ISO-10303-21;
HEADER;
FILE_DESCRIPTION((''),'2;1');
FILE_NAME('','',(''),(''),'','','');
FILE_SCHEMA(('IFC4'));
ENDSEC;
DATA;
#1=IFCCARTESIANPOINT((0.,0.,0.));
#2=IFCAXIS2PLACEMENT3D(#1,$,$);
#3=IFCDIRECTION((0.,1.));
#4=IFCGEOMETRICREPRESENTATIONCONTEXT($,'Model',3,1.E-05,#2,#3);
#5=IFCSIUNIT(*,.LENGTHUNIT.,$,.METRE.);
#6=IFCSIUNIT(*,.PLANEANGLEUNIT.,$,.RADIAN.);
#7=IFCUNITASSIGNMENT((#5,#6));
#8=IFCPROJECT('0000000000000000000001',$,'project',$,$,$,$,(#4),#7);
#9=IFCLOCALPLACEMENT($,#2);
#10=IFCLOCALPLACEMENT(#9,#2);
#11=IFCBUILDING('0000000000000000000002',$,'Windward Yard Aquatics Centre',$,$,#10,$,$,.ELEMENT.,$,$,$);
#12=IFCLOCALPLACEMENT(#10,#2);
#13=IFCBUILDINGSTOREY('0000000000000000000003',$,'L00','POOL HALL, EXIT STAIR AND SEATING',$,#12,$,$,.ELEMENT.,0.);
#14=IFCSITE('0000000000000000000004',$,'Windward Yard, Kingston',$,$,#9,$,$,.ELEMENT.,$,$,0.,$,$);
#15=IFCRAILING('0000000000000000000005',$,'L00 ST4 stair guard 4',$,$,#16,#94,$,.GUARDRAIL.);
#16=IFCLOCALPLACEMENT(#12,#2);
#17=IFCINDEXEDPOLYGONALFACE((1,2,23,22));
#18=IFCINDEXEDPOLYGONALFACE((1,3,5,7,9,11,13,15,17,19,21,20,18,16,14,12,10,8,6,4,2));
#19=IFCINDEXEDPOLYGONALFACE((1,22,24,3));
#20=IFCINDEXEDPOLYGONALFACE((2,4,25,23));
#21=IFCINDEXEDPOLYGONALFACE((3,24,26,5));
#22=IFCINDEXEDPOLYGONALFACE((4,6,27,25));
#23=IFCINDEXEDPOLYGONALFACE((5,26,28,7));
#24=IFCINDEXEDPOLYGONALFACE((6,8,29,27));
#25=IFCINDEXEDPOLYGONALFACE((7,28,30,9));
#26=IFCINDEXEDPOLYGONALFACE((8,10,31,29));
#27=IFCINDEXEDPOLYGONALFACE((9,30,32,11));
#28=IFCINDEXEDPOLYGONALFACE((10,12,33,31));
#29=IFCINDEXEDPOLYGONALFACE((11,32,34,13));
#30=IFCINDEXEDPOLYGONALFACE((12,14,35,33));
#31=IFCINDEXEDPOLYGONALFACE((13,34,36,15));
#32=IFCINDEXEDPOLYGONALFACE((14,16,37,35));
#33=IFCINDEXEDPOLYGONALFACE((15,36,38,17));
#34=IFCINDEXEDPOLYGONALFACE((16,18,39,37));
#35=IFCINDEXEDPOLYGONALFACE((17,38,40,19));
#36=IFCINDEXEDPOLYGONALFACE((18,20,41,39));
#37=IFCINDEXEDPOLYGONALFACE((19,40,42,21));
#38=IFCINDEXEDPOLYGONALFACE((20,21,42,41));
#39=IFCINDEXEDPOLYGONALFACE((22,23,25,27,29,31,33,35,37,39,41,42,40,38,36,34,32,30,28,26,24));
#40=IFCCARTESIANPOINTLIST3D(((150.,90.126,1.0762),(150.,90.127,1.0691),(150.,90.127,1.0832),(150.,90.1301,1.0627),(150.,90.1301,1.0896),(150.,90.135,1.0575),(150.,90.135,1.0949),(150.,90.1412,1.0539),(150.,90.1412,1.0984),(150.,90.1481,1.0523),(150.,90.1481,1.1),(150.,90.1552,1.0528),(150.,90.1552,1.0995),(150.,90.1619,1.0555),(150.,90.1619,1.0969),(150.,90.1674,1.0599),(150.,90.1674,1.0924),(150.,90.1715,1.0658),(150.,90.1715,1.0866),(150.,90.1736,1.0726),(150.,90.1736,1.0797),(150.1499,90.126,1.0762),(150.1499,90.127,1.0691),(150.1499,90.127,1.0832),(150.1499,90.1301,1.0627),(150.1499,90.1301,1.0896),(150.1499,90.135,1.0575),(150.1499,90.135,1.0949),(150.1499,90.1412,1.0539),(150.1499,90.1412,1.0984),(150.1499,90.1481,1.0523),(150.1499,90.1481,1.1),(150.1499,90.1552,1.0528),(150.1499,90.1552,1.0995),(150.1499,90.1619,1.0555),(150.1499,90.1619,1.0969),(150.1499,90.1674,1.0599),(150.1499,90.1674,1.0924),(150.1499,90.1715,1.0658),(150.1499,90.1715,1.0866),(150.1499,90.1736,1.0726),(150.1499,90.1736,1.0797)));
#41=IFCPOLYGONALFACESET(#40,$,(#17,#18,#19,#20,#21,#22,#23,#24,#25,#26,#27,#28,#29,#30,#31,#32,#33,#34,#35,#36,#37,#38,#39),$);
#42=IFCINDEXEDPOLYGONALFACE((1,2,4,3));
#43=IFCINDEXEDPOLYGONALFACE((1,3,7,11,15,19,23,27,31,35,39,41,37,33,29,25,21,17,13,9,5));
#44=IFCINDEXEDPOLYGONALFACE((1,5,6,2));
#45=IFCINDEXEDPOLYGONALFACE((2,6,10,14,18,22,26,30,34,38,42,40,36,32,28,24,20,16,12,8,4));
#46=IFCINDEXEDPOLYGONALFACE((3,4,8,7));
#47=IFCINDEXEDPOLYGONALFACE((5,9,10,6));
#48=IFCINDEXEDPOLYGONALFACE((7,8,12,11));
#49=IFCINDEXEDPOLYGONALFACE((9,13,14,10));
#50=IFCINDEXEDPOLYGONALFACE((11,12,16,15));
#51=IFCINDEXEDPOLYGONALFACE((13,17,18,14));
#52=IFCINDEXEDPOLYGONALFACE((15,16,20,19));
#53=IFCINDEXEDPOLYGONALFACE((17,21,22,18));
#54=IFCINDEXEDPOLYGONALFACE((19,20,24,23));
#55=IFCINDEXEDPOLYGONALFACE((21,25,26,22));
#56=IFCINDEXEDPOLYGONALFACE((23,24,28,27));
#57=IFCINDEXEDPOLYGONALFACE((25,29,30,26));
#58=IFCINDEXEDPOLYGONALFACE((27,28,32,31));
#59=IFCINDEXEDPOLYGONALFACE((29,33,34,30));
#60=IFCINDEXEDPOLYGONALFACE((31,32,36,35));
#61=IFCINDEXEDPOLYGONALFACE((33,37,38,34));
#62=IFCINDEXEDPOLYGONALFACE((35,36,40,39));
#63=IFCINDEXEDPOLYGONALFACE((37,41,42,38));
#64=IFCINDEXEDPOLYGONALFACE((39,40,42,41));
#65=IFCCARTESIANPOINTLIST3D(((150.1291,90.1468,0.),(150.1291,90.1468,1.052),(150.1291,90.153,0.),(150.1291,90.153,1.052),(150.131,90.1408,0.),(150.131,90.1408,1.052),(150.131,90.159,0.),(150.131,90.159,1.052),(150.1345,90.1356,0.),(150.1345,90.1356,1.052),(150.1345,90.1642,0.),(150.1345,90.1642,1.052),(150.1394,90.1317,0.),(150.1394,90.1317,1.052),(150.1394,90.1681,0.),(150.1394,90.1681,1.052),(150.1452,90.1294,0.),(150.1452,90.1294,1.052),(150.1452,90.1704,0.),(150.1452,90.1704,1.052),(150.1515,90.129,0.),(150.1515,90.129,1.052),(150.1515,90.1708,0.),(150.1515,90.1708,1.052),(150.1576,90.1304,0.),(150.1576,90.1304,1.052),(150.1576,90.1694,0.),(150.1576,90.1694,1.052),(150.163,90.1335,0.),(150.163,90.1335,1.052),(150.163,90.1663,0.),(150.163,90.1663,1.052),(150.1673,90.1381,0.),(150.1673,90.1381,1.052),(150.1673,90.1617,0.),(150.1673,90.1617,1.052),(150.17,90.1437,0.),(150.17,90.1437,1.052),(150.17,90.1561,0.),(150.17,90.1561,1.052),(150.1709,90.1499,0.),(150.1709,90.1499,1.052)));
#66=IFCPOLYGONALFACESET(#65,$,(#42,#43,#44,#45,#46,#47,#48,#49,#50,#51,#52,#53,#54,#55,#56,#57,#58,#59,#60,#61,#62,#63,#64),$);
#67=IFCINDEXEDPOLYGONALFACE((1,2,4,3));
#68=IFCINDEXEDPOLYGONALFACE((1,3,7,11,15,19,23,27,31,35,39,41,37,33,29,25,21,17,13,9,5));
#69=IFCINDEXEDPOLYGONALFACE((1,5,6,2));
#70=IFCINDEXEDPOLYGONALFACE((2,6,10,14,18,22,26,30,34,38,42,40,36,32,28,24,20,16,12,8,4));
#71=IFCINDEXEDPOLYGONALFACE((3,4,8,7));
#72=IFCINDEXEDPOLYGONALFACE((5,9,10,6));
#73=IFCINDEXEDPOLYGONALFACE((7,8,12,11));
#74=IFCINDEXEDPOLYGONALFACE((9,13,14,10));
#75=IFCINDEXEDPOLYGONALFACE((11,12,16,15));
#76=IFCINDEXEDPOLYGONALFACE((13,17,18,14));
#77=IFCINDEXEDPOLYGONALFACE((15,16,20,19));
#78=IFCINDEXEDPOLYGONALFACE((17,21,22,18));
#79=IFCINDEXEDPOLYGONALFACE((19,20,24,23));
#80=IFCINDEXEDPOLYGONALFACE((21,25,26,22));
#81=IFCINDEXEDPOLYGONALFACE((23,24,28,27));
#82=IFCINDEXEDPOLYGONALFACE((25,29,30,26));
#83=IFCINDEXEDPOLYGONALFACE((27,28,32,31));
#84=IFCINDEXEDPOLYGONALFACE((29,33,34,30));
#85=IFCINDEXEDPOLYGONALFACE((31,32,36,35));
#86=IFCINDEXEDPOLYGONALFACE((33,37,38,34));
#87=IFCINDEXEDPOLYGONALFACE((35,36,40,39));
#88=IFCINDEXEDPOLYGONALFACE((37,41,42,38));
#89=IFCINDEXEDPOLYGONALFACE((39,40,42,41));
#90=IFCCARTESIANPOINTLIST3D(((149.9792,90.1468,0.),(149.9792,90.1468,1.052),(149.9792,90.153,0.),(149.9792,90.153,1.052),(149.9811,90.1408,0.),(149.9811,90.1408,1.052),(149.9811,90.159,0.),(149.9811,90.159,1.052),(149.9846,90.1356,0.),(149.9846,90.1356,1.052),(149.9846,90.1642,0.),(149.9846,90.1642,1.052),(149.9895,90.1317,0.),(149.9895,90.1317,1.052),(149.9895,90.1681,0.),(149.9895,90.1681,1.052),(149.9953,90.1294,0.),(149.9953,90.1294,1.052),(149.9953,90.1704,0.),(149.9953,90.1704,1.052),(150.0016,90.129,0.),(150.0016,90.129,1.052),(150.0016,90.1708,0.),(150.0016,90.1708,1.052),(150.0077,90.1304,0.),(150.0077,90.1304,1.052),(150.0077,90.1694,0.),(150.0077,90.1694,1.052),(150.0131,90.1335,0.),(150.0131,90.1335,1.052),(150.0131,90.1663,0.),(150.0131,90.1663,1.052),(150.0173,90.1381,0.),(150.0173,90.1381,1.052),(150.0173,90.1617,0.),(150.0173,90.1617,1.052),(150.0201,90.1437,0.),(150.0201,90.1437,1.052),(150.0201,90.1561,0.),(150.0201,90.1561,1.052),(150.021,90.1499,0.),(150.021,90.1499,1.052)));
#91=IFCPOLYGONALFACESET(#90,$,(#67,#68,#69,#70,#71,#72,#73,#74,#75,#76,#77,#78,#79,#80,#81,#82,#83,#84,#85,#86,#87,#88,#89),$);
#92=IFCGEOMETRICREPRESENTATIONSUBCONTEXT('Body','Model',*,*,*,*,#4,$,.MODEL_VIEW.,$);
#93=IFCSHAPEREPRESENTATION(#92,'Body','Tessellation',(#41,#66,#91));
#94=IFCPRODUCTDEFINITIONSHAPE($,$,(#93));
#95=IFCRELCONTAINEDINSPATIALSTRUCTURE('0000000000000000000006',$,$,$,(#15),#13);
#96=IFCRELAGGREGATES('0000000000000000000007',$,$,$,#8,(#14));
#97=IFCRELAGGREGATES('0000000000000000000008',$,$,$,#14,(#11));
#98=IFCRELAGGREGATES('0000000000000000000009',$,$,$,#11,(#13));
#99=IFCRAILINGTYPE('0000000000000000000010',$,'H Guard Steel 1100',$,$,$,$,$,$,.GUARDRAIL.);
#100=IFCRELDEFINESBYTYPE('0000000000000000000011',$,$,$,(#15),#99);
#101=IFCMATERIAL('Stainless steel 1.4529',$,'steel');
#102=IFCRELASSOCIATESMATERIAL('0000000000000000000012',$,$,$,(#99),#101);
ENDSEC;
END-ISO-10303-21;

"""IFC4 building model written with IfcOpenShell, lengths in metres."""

from ifc_helpers import new_model, si_unit, direction, frame, origin, origin_2d, place, context, subcontext, project, spatial, circle, extrude, material, type_object, element, save


model = new_model("IFC4")

# Units and contexts
model_context = context("Model", 3, precision=1e-05, world=origin(), true_north=direction((0.0, 1.0)))
body_context = subcontext(model_context, "Body", "Model", "MODEL_VIEW")
ifc_project = project(units=[si_unit("LENGTHUNIT", "METRE"), si_unit("PLANEANGLEUNIT", "RADIAN")], contexts=[model_context])

# Site, building, storey
site_placement = place(None, origin())
site = spatial("IfcSite", under=ifc_project, at=site_placement, Name="Windward Yard, Kingston", CompositionType="ELEMENT", RefElevation=0.0)
building_placement = place(site_placement, origin())
building = spatial("IfcBuilding", under=site, at=building_placement, Name="Windward Yard Aquatics Centre", CompositionType="ELEMENT")
storey_placement = place(building_placement, origin())
storey = spatial("IfcBuildingStorey", under=building, at=storey_placement, Name="L00", Description="POOL HALL, EXIT STAIR AND SEATING", CompositionType="ELEMENT", Elevation=0.0)

# Railing
ifc_material_1 = material(Name="Stainless steel 1.4529", Category="steel")
railing_type_1 = type_object("IfcRailingType", Name="H Guard Steel 1100", PredefinedType="GUARDRAIL", material=ifc_material_1)
railing_1_placement = place(storey_placement, frame((150.1499, 90.1499, 0.0)))
element("IfcRailing", 1, at=railing_1_placement, inside=storey, type_object=railing_type_1, Name="L00 ST4 stair guard 4", PredefinedType="GUARDRAIL", context=body_context, shape_type="SweptSolid", body=[
    extrude(circle(Radius=0.0239, at=origin_2d()), frame((0.0, 0.0, 1.0762), z_axis=(-1.0, 0.0, 0.0), x_axis=(0.0, -1.0, 0.0)), (0.0, 0.0, 1.0), 0.1499),
    extrude(circle(Radius=0.021, at=origin_2d()), origin(), (0.0, 0.0, 1.0), 1.052),
    extrude(circle(Radius=0.021, at=origin_2d()), frame((-0.1499, 0.0, 0.0)), (0.0, 0.0, 1.0), 1.052),
])

save(model, "model.ifc")
